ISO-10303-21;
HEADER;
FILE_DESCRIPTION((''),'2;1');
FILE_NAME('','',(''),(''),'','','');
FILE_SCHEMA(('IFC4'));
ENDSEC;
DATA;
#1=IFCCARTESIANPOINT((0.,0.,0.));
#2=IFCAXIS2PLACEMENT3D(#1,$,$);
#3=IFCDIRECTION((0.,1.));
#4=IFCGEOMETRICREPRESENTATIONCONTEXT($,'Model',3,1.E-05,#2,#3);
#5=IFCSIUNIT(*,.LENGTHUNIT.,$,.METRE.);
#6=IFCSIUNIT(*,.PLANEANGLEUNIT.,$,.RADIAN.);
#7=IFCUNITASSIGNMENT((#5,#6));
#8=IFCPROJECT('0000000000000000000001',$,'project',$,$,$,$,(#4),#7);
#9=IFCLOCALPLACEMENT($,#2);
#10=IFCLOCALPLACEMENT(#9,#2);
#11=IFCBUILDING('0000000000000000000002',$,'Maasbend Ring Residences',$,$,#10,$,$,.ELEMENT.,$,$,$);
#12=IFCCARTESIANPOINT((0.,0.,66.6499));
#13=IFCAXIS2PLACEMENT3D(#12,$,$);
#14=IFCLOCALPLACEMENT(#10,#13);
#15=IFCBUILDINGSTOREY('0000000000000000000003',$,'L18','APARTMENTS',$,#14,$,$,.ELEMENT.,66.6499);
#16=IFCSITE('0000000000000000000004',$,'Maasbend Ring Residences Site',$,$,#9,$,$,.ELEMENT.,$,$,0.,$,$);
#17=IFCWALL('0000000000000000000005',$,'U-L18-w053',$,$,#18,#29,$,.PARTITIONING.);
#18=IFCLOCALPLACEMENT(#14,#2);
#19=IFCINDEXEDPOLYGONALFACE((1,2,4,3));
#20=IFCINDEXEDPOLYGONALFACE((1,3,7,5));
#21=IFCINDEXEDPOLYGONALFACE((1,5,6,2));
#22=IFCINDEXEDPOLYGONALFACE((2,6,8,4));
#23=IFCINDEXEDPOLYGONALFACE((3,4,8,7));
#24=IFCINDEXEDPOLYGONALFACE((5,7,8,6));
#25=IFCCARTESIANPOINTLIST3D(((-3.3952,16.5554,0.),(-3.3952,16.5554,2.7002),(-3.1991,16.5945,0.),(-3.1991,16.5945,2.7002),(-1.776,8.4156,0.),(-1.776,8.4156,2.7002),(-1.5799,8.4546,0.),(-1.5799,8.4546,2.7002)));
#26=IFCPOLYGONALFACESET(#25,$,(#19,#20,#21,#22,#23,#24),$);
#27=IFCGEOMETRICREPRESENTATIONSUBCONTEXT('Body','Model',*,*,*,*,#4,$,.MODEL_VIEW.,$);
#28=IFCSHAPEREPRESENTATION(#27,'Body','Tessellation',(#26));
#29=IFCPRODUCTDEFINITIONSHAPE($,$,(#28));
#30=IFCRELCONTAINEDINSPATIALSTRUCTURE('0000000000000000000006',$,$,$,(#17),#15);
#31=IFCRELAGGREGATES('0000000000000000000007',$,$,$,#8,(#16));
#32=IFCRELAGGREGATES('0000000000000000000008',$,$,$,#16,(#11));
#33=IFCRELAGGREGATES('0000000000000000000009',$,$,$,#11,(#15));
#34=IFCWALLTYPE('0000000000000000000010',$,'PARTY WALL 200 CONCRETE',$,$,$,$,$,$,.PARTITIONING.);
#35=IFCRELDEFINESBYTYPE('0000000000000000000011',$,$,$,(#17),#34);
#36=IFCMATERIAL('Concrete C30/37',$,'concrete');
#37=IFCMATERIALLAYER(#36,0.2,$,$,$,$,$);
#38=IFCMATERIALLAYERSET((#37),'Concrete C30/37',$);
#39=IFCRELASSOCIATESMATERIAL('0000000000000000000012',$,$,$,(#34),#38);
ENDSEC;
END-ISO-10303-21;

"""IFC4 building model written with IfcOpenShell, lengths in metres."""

from ifc_helpers import new_model, si_unit, direction, frame, frame_2d, origin, place, context, subcontext, project, spatial, rectangle, extrude, material, layer, layer_set, type_object, element, save


model = new_model("IFC4")

# Units and contexts
model_context = context("Model", 3, precision=1e-05, world=origin(), true_north=direction((0.0, 1.0)))
body_context = subcontext(model_context, "Body", "Model", "MODEL_VIEW")
ifc_project = project(units=[si_unit("LENGTHUNIT", "METRE"), si_unit("PLANEANGLEUNIT", "RADIAN")], contexts=[model_context])

# Site, building, storey
site_placement = place(None, origin())
site = spatial("IfcSite", under=ifc_project, at=site_placement, Name="Maasbend Ring Residences Site", CompositionType="ELEMENT", RefElevation=0.0)
building_placement = place(site_placement, origin())
building = spatial("IfcBuilding", under=site, at=building_placement, Name="Maasbend Ring Residences", CompositionType="ELEMENT")
storey_placement = place(building_placement, frame((0.0, 0.0, 66.6499)))
storey = spatial("IfcBuildingStorey", under=building, at=storey_placement, Name="L18", Description="APARTMENTS", CompositionType="ELEMENT", Elevation=66.6499)

# Wall
ifc_material_1 = material(Name="Concrete C30/37", Category="concrete")
ifc_layer_1 = layer(ifc_material_1, 0.2)
ifc_layer_set_1 = layer_set([ifc_layer_1], Name="Concrete C30/37")
wall_type_1 = type_object("IfcWallType", Name="PARTY WALL 200 CONCRETE", PredefinedType="PARTITIONING", material=ifc_layer_set_1)
wall_1_placement = place(storey_placement, frame((-3.2971, 16.575, 0.0), z_axis=(0.0, 0.0, 1.0), x_axis=(0.195092, -0.980785, 0.0)))
element("IfcWall", 1, at=wall_1_placement, inside=storey, type_object=wall_type_1, Name="U-L18-w053", PredefinedType="PARTITIONING", context=body_context, shape_type="SweptSolid", body=[
    extrude(rectangle(XDim=8.2993, YDim=0.2, at=frame_2d((4.1497, 0.0))), origin(), (0.0, 0.0, 1.0), 2.7002),
])

save(model, "model.ifc")
